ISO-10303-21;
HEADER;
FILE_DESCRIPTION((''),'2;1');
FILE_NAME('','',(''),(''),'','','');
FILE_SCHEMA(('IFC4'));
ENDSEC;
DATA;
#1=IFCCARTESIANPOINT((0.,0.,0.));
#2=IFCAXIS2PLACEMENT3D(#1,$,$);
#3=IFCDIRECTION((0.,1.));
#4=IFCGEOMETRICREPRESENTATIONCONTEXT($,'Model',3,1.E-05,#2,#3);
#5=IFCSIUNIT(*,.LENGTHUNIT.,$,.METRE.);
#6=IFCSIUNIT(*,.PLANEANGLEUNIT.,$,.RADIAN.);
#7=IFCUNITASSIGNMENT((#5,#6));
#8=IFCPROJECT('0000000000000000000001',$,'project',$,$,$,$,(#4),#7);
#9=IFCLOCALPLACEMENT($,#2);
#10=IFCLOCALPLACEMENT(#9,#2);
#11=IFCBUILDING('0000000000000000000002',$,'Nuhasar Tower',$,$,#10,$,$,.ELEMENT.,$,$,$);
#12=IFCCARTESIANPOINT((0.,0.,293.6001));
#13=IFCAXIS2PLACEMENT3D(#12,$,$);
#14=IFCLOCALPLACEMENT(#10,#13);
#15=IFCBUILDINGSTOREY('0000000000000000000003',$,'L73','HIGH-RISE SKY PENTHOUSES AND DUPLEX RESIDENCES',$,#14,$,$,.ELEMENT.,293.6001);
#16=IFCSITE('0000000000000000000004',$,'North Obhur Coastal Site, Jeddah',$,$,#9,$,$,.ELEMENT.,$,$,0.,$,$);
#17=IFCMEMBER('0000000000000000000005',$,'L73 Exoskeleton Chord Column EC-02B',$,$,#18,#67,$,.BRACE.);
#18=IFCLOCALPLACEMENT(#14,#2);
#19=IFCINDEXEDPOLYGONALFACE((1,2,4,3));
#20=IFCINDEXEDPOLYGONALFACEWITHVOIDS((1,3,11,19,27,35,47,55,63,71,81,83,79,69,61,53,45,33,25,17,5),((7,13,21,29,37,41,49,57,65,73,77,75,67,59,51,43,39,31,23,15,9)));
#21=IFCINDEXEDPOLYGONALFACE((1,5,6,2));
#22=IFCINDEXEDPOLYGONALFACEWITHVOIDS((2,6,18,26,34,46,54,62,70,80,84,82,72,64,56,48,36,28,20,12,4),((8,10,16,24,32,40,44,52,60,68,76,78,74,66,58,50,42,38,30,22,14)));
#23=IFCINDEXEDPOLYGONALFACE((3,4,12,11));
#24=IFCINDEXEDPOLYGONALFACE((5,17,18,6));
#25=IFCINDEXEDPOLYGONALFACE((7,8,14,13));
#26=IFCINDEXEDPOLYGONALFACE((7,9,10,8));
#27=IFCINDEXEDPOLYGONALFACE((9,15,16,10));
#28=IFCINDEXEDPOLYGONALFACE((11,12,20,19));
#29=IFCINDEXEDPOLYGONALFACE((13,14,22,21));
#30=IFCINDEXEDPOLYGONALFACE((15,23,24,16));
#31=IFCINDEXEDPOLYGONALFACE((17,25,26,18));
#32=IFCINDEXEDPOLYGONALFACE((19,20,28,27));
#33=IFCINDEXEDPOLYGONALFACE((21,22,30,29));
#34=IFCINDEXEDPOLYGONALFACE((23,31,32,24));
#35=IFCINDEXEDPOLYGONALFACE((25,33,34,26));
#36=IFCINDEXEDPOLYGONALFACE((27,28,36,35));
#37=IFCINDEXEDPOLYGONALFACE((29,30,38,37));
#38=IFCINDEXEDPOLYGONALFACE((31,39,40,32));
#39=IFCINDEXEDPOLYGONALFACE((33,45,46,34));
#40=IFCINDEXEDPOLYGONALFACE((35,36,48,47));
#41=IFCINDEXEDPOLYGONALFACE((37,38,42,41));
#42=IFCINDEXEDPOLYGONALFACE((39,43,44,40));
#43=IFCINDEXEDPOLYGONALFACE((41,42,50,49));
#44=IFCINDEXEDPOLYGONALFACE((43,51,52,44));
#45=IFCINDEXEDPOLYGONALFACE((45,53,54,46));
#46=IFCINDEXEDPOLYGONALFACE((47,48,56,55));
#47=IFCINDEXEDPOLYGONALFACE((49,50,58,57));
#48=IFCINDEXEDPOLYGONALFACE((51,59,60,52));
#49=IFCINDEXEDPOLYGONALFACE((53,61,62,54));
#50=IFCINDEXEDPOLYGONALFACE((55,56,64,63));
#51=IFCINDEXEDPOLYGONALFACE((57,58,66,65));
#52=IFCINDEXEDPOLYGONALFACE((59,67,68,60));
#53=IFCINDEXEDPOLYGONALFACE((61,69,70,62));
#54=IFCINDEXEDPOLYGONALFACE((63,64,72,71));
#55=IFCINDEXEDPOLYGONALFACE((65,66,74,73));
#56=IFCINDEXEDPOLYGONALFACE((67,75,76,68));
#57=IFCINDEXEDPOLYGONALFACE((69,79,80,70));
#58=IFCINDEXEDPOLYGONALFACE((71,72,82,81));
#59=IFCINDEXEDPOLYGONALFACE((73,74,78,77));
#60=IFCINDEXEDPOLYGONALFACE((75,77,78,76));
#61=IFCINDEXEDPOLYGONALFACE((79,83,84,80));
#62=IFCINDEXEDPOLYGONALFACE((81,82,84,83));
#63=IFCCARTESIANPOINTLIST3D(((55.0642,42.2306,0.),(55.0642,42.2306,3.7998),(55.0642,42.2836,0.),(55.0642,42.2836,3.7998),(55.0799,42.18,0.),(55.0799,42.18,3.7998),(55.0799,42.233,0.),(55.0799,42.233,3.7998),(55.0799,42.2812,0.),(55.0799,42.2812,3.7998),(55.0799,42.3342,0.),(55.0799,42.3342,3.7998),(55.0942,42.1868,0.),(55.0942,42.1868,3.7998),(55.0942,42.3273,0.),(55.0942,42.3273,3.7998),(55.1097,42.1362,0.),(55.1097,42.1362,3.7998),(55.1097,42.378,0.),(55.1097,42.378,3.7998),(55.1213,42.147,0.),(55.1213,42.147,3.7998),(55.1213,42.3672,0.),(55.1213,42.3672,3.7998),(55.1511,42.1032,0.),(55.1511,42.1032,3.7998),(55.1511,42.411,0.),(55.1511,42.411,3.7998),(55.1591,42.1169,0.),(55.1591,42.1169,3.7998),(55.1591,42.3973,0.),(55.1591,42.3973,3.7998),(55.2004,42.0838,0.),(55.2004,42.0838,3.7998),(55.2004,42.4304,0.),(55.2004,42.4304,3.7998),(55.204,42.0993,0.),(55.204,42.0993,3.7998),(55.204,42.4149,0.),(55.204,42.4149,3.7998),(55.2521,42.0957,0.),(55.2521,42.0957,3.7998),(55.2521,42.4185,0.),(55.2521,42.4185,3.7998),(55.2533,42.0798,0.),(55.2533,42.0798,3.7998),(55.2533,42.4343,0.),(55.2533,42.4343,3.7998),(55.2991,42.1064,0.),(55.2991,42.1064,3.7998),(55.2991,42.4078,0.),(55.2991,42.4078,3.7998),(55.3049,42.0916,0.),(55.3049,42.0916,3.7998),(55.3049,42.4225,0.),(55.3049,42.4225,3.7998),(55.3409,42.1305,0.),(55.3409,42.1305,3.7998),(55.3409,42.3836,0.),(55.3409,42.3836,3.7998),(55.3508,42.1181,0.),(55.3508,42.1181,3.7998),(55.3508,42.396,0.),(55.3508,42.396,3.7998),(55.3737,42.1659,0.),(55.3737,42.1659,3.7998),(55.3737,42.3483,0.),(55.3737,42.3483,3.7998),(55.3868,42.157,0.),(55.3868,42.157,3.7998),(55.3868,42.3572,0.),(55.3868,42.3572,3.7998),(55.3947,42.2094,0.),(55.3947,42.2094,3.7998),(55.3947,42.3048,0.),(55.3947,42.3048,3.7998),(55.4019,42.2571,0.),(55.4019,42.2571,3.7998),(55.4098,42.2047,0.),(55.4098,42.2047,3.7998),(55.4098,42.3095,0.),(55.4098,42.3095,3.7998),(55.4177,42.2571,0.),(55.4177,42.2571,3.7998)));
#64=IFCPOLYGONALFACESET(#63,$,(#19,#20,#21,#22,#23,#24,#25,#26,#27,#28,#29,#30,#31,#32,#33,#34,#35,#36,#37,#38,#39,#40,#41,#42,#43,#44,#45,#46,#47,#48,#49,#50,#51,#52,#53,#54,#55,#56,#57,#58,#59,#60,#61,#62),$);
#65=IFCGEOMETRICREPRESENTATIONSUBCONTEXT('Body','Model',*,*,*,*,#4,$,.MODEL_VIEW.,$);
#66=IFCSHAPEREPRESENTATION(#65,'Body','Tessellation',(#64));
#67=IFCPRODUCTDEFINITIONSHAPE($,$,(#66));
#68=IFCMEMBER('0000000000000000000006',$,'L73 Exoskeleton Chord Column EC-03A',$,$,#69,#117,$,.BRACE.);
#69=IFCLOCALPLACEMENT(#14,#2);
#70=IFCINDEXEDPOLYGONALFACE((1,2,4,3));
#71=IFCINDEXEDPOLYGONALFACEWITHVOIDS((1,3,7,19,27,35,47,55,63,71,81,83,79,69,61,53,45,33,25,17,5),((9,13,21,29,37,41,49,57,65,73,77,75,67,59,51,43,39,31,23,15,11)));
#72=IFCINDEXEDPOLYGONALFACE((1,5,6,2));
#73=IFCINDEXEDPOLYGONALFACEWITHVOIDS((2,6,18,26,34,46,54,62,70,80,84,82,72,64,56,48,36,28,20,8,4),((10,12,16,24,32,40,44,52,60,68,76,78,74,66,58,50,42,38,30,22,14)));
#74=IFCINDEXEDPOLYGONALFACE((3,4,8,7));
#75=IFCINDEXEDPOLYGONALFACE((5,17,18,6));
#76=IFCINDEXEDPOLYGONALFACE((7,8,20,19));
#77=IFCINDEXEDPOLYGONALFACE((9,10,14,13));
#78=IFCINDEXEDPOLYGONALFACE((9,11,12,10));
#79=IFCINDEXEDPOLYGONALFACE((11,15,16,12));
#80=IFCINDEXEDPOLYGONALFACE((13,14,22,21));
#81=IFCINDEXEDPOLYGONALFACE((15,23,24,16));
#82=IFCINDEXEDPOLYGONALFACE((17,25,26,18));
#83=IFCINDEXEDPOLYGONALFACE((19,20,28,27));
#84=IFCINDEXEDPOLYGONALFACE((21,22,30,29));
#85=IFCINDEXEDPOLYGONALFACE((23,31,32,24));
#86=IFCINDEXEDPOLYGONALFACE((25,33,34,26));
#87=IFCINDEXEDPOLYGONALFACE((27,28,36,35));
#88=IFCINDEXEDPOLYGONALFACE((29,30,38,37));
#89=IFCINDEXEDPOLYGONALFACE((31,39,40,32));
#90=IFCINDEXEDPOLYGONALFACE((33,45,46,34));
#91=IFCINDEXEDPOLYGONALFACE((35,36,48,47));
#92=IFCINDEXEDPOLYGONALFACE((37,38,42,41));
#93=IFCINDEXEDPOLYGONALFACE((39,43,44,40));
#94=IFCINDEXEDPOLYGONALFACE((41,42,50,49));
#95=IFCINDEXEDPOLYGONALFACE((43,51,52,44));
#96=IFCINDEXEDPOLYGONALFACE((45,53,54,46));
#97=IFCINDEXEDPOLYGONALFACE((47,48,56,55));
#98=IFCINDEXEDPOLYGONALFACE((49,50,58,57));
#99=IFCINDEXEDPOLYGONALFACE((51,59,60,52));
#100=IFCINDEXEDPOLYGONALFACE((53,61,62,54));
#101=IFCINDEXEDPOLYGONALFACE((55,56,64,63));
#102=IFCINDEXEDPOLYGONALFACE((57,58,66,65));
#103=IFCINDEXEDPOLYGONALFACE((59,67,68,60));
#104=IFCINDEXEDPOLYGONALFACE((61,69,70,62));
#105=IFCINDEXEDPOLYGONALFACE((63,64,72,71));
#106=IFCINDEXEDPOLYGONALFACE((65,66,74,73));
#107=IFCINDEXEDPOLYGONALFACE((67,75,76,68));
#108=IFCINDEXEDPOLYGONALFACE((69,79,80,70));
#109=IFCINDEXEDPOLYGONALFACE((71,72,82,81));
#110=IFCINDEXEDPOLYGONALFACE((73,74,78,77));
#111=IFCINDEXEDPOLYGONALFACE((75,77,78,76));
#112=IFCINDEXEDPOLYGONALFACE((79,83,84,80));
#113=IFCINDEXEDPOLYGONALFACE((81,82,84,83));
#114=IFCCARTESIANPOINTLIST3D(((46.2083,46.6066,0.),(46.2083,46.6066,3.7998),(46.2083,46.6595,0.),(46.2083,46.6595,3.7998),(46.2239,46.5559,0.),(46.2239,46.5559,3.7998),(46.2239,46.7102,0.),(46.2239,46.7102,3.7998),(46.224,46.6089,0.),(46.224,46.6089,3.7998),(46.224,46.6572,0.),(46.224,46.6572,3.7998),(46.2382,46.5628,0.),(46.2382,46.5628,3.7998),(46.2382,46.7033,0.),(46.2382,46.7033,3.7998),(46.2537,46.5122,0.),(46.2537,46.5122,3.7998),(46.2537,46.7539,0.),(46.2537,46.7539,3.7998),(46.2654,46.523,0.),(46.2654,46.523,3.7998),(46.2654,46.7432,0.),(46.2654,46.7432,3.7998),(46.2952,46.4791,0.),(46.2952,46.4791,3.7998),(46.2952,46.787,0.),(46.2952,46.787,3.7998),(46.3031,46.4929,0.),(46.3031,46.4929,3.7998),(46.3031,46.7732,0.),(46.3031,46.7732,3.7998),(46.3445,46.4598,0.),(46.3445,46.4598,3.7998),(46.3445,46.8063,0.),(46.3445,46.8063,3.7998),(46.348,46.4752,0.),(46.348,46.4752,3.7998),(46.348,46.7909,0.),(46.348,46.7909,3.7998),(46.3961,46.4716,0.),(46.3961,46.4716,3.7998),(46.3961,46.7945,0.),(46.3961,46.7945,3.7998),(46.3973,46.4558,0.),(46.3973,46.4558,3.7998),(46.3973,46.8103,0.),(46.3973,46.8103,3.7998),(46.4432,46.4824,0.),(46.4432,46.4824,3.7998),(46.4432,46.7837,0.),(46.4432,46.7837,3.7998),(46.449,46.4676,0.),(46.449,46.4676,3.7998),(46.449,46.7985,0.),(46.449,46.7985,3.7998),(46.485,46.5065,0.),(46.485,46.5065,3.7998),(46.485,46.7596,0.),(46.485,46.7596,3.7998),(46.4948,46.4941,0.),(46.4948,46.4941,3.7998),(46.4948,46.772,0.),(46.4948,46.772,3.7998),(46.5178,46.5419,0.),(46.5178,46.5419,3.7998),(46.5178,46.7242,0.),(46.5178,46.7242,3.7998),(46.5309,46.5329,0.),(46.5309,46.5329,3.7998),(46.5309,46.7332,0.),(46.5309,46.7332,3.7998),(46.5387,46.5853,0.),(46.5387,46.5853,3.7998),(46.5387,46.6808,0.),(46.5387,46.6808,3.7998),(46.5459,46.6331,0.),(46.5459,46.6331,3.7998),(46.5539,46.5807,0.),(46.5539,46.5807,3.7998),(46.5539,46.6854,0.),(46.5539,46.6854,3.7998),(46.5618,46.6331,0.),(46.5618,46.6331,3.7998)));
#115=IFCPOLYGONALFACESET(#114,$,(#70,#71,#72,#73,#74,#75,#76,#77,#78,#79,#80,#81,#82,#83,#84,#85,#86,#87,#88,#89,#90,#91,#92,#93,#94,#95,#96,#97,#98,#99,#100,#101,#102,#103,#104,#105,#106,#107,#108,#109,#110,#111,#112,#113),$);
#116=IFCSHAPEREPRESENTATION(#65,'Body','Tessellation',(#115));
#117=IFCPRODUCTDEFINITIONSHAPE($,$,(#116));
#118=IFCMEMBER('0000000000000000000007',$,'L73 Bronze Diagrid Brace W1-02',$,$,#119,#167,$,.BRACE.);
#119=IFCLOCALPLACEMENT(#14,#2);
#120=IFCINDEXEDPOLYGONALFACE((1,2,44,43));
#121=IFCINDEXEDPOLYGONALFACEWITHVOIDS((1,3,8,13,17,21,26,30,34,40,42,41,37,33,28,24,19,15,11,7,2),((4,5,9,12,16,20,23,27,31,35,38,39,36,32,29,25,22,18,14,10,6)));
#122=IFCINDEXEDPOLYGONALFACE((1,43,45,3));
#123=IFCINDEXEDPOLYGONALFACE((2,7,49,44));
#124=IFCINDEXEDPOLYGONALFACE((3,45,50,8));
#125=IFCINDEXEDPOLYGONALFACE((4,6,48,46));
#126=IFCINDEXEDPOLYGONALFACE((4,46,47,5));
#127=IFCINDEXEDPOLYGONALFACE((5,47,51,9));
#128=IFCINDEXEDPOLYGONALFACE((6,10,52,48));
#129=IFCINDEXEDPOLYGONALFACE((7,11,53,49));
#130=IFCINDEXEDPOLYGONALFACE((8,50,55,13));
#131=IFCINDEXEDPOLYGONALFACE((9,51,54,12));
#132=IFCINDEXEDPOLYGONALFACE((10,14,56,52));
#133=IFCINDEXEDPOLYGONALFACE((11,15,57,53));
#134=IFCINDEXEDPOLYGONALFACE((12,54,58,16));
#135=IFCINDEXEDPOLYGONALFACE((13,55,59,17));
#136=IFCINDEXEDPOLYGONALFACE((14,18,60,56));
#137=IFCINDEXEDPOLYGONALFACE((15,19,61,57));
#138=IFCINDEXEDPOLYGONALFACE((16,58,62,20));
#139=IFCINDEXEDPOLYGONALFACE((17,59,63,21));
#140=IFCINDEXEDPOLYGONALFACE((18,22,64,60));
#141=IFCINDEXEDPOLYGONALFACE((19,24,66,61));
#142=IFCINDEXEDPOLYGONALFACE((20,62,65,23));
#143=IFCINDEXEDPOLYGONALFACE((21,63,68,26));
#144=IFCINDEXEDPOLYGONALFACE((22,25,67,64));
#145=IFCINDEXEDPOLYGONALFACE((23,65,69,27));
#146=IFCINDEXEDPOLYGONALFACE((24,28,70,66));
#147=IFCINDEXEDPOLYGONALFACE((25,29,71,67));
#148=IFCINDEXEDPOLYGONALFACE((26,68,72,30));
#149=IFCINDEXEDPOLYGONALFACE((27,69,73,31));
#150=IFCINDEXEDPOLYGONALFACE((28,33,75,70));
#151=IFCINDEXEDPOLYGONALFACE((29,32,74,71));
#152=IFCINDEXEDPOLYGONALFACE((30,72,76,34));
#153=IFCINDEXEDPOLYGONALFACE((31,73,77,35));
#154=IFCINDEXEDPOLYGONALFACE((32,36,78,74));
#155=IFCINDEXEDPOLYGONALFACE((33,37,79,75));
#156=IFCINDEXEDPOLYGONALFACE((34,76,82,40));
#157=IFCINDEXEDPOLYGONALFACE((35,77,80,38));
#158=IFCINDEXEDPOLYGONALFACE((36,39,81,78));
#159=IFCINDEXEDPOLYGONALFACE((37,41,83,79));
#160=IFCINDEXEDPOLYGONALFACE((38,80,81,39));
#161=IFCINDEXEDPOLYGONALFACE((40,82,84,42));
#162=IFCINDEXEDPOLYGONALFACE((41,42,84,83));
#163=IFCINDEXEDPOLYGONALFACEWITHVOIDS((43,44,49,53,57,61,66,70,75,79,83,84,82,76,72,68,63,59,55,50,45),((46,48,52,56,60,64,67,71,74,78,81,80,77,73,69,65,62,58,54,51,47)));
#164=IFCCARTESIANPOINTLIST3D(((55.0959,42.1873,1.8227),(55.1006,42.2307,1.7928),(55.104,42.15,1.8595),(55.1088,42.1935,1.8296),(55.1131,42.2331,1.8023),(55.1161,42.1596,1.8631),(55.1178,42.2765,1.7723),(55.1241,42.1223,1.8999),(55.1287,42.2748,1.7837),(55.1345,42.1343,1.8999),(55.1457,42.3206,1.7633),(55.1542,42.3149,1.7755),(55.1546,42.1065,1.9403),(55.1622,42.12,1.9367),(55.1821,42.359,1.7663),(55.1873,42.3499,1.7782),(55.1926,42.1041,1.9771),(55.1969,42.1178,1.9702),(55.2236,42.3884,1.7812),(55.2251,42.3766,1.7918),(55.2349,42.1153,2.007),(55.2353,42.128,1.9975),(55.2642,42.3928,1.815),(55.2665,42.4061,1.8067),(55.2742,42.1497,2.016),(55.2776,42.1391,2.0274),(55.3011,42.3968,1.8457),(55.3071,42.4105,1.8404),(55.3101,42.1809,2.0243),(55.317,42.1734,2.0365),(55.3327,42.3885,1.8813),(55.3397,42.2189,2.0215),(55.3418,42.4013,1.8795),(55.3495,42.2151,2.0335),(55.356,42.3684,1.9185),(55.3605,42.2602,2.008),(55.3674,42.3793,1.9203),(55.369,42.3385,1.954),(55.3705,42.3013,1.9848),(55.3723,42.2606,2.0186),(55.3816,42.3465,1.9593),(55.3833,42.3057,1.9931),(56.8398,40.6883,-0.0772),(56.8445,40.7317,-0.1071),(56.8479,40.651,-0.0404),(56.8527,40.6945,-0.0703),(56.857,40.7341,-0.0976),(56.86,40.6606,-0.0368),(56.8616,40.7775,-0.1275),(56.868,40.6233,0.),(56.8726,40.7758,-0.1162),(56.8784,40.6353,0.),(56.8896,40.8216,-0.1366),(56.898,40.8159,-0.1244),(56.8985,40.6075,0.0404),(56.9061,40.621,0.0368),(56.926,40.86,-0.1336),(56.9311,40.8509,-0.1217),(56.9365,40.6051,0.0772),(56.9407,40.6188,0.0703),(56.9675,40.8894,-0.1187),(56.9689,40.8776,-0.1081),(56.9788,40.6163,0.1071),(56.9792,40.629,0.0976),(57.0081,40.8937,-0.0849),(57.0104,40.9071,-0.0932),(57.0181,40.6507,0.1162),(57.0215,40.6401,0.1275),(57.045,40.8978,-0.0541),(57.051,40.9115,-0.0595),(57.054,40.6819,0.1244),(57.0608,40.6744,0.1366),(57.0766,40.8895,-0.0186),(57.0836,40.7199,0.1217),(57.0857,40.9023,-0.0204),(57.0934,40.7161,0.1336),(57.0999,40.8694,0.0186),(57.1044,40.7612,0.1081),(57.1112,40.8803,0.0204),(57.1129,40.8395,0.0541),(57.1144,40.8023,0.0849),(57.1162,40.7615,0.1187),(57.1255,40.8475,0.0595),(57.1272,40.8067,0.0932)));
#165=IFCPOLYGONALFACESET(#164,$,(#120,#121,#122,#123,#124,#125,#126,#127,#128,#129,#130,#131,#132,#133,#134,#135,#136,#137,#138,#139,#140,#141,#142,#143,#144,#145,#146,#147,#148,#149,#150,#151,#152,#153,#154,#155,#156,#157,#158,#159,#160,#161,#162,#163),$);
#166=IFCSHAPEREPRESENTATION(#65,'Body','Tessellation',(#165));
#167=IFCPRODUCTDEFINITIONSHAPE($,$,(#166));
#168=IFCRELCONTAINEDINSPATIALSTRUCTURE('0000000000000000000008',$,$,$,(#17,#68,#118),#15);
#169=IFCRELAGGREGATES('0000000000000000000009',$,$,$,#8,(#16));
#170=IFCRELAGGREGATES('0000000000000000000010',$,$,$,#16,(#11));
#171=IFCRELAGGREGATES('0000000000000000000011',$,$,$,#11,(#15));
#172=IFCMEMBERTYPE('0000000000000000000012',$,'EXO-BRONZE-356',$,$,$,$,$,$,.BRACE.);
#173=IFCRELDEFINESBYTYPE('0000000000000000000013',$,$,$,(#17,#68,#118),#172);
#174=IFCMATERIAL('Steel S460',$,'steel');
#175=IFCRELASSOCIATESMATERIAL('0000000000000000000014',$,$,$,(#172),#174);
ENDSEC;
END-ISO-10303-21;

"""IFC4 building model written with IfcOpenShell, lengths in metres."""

from ifc_helpers import new_model, si_unit, direction, frame, origin, origin_2d, place, context, subcontext, project, spatial, hollow_circle, extrude, material, material_profile, profile_set, type_object, element, save


model = new_model("IFC4")

# Units and contexts
model_context = context("Model", 3, precision=1e-05, world=origin(), true_north=direction((0.0, 1.0)))
body_context = subcontext(model_context, "Body", "Model", "MODEL_VIEW")
ifc_project = project(units=[si_unit("LENGTHUNIT", "METRE"), si_unit("PLANEANGLEUNIT", "RADIAN")], contexts=[model_context])

# Site, building, storey
site_placement = place(None, origin())
site = spatial("IfcSite", under=ifc_project, at=site_placement, Name="North Obhur Coastal Site, Jeddah", CompositionType="ELEMENT", RefElevation=0.0)
building_placement = place(site_placement, origin())
building = spatial("IfcBuilding", under=site, at=building_placement, Name="Nuhasar Tower", CompositionType="ELEMENT")
storey_placement = place(building_placement, frame((0.0, 0.0, 293.6001)))
storey = spatial("IfcBuildingStorey", under=building, at=storey_placement, Name="L73", Description="HIGH-RISE SKY PENTHOUSES AND DUPLEX RESIDENCES", CompositionType="ELEMENT", Elevation=293.6001)

# Members
ifc_material_1 = material(Name="Steel S460", Category="steel")
ifc_material_profile_1 = material_profile(ifc_material_1, hollow_circle(Radius=0.1777, WallThickness=0.0159, at=origin_2d()), Name="HSS355.6X15.9")
ifc_profile_set_1 = profile_set([ifc_material_profile_1], Name="Steel S460")
member_type_1 = type_object("IfcMemberType", Name="EXO-BRONZE-356", PredefinedType="BRACE", material=ifc_profile_set_1)
for number, where, z_axis, x_axis, name in (
    (1, (55.24, 42.2571, 0.0), (0.0, 0.0, 1.0), (1.0, 0.0, 0.0), "L73 Exoskeleton Chord Column EC-02B"),
    (2, (46.384, 46.6331, 0.0), (0.0, 0.0, 1.0), (1.0, 0.0, 0.0), "L73 Exoskeleton Chord Column EC-03A"),
):
    element("IfcMember", number, at=place(storey_placement, frame(where, z_axis=z_axis, x_axis=x_axis)), inside=storey, type_object=member_type_1, Name=name, PredefinedType="BRACE", context=body_context, shape_type="SweptSolid", body=[
        extrude(hollow_circle(Radius=0.1777, WallThickness=0.0159, at=origin_2d()), origin(), (0.0, 0.0, 1.0), 3.7998),
    ])
for number, where, z_axis, x_axis, name in (
    (3, (56.9839, 40.7581, 0.0), (-0.584625, 0.502534, 0.636925), (-0.651857, -0.758342, 0.0), "L73 Bronze Diagrid Brace W1-02"),
):
    element("IfcMember", number, at=place(storey_placement, frame(where, z_axis=z_axis, x_axis=x_axis)), inside=storey, type_object=member_type_1, Name=name, PredefinedType="BRACE", context=body_context, shape_type="SweptSolid", body=[
        extrude(hollow_circle(Radius=0.1777, WallThickness=0.0159, at=origin_2d()), origin(), (0.0, 0.0, 1.0), 2.9829),
    ])

save(model, "model.ifc")
